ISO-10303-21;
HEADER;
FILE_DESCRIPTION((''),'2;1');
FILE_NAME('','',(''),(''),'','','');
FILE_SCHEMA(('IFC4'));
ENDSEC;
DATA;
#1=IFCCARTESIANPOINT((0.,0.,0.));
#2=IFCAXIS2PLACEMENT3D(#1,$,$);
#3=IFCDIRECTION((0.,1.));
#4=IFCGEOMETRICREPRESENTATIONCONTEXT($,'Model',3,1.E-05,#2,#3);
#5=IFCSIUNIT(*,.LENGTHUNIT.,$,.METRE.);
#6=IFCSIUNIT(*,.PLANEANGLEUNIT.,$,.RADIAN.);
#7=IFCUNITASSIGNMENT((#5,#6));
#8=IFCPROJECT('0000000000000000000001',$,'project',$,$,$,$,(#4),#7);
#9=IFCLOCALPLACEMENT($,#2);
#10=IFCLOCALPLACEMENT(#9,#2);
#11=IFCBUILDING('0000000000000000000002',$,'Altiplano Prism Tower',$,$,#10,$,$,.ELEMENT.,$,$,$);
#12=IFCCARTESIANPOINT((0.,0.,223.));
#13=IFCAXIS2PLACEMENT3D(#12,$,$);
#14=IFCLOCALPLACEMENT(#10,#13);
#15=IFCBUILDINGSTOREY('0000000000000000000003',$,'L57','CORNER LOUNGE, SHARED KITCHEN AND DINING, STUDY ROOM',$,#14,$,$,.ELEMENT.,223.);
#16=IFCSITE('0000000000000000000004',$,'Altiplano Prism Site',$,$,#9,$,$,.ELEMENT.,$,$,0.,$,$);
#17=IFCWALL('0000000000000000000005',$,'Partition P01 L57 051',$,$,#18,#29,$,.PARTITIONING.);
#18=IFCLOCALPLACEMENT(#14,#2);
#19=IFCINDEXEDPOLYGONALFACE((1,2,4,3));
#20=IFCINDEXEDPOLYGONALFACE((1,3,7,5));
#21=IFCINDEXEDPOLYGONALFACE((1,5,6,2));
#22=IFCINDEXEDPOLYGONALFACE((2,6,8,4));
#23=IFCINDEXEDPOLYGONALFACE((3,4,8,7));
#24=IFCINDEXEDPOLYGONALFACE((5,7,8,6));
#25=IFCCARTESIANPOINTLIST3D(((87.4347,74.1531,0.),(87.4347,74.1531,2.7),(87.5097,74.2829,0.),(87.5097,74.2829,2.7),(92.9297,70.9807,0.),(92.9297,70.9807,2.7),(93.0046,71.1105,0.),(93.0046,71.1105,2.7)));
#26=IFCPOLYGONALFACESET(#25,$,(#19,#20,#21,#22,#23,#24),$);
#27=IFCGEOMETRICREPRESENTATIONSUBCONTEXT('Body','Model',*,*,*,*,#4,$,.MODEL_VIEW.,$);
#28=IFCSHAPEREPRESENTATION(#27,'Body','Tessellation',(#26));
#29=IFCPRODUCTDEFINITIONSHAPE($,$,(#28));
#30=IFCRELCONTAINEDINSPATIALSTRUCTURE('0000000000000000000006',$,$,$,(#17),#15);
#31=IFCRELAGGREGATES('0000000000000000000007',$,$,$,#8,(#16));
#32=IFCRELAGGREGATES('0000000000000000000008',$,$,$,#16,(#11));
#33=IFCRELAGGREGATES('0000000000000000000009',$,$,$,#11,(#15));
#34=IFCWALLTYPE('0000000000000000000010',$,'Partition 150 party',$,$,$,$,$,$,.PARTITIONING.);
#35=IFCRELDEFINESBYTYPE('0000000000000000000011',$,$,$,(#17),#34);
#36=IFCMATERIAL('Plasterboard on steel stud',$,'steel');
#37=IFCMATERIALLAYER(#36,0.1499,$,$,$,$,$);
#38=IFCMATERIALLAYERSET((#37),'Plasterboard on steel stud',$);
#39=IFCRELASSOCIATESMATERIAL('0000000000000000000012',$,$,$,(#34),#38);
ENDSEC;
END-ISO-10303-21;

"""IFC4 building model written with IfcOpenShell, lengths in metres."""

from ifc_helpers import new_model, si_unit, direction, frame, frame_2d, origin, place, context, subcontext, project, spatial, rectangle, extrude, material, layer, layer_set, type_object, element, save


model = new_model("IFC4")

# Units and contexts
model_context = context("Model", 3, precision=1e-05, world=origin(), true_north=direction((0.0, 1.0)))
body_context = subcontext(model_context, "Body", "Model", "MODEL_VIEW")
ifc_project = project(units=[si_unit("LENGTHUNIT", "METRE"), si_unit("PLANEANGLEUNIT", "RADIAN")], contexts=[model_context])

# Site, building, storey
site_placement = place(None, origin())
site = spatial("IfcSite", under=ifc_project, at=site_placement, Name="Altiplano Prism Site", CompositionType="ELEMENT", RefElevation=0.0)
building_placement = place(site_placement, origin())
building = spatial("IfcBuilding", under=site, at=building_placement, Name="Altiplano Prism Tower", CompositionType="ELEMENT")
storey_placement = place(building_placement, frame((0.0, 0.0, 223.0)))
storey = spatial("IfcBuildingStorey", under=building, at=storey_placement, Name="L57", Description="CORNER LOUNGE, SHARED KITCHEN AND DINING, STUDY ROOM", CompositionType="ELEMENT", Elevation=223.0)

# Shared definitions
ifc_material_1 = material(Name="Plasterboard on steel stud", Category="steel")

# Wall
ifc_layer_1 = layer(ifc_material_1, 0.1499)
ifc_layer_set_1 = layer_set([ifc_layer_1], Name="Plasterboard on steel stud")
wall_type_1 = type_object("IfcWallType", Name="Partition 150 party", PredefinedType="PARTITIONING", material=ifc_layer_set_1)
wall_1_placement = place(storey_placement, frame((92.967, 71.0457, 0.0), z_axis=(0.0, 0.0, 1.0), x_axis=(-0.866032, 0.499988, 0.0)))
element("IfcWall", 1, at=wall_1_placement, inside=storey, type_object=wall_type_1, Name="Partition P01 L57 051", PredefinedType="PARTITIONING", context=body_context, shape_type="SweptSolid", body=[
    extrude(rectangle(XDim=6.345, YDim=0.1499, at=frame_2d((3.1724, 0.0))), origin(), (0.0, 0.0, 1.0), 2.7),
])

save(model, "model.ifc")
